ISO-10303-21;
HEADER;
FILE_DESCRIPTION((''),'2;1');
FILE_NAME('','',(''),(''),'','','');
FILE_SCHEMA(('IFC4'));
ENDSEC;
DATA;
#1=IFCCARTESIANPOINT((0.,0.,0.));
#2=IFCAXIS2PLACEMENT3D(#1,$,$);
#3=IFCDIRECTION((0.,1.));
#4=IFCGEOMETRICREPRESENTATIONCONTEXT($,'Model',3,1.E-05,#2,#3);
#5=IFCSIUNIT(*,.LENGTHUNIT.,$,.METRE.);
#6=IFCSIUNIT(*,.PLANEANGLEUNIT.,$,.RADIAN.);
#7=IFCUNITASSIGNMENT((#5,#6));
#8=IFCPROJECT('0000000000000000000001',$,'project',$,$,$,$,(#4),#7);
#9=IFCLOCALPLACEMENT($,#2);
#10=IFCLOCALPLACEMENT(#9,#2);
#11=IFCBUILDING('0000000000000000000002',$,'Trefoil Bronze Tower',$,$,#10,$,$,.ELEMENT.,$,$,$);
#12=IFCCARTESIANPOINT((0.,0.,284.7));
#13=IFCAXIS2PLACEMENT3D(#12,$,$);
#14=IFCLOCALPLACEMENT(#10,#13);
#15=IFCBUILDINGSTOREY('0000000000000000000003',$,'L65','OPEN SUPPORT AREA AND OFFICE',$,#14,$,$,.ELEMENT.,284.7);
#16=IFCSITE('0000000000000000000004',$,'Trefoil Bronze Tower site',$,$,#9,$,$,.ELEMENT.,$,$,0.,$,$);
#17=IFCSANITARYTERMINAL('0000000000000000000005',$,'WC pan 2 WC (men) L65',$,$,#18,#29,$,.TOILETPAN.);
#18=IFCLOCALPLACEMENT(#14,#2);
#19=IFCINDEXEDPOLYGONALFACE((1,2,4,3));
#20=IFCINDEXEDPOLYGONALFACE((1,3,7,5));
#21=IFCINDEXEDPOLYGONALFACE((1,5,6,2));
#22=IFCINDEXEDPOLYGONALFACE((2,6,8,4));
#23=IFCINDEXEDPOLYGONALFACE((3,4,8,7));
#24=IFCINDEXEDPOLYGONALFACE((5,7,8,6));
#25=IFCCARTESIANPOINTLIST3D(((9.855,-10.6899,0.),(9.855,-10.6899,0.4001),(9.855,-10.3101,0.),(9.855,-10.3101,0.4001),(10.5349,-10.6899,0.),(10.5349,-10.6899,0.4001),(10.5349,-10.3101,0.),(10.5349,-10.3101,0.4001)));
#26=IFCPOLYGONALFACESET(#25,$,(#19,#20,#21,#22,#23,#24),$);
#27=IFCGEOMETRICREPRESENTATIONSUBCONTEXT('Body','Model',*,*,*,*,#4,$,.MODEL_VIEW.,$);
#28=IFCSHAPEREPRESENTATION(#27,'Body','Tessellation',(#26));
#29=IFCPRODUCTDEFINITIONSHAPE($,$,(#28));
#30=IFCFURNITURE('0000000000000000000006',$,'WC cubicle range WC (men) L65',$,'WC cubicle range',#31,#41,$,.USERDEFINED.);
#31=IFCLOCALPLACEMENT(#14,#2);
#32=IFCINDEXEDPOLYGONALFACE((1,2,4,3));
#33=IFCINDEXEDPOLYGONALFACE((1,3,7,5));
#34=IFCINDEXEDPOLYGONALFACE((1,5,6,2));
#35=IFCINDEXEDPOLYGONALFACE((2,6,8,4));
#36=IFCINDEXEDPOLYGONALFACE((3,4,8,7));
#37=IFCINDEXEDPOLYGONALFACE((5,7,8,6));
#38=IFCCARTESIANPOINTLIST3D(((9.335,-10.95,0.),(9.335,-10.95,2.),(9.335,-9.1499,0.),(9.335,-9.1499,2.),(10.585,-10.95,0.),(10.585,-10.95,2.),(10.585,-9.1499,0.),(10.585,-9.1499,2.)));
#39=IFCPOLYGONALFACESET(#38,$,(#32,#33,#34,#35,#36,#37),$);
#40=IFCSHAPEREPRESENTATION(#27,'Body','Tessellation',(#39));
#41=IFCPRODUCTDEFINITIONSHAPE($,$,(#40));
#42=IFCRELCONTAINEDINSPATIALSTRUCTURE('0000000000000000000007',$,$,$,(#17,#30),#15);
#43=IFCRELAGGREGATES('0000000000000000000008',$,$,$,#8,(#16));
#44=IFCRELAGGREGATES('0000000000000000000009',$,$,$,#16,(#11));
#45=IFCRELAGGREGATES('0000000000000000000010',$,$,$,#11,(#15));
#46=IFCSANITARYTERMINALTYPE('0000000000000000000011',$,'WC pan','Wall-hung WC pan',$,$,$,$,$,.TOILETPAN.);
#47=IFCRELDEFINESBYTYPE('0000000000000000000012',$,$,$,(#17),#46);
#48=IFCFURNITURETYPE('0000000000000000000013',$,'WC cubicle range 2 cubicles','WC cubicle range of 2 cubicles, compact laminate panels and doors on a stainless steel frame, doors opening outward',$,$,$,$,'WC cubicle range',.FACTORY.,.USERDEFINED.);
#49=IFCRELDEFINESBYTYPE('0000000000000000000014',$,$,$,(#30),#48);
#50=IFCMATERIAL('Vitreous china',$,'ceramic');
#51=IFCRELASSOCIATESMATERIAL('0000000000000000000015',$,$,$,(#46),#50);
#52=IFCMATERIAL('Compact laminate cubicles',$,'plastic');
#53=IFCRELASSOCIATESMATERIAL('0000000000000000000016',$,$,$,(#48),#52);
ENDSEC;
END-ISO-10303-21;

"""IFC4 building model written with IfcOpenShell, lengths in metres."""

from ifc_helpers import new_model, si_unit, direction, frame, origin, place, context, subcontext, project, spatial, polyline, outline, extrude, material, type_object, element, save


model = new_model("IFC4")

# Units and contexts
model_context = context("Model", 3, precision=1e-05, world=origin(), true_north=direction((0.0, 1.0)))
body_context = subcontext(model_context, "Body", "Model", "MODEL_VIEW")
ifc_project = project(units=[si_unit("LENGTHUNIT", "METRE"), si_unit("PLANEANGLEUNIT", "RADIAN")], contexts=[model_context])

# Site, building, storey
site_placement = place(None, origin())
site = spatial("IfcSite", under=ifc_project, at=site_placement, Name="Trefoil Bronze Tower site", CompositionType="ELEMENT", RefElevation=0.0)
building_placement = place(site_placement, origin())
building = spatial("IfcBuilding", under=site, at=building_placement, Name="Trefoil Bronze Tower", CompositionType="ELEMENT")
storey_placement = place(building_placement, frame((0.0, 0.0, 284.7)))
storey = spatial("IfcBuildingStorey", under=building, at=storey_placement, Name="L65", Description="OPEN SUPPORT AREA AND OFFICE", CompositionType="ELEMENT", Elevation=284.7)

# Sanitary terminal
ifc_material_1 = material(Name="Vitreous china", Category="ceramic")
sanitary_terminal_type_1 = type_object("IfcSanitaryTerminalType", Name="WC pan", Description="Wall-hung WC pan", PredefinedType="TOILETPAN", material=ifc_material_1)
sanitary_terminal_1_placement = place(storey_placement, origin())
element("IfcSanitaryTerminal", 1, at=sanitary_terminal_1_placement, inside=storey, type_object=sanitary_terminal_type_1, Name="WC pan 2 WC (men) L65", PredefinedType="TOILETPAN", context=body_context, shape_type="SweptSolid", body=[
    extrude(outline(polyline([(9.855, -10.3101), (10.5349, -10.3101), (10.5349, -10.6899), (9.855, -10.6899), (9.855, -10.3101)])), origin(), (0.0, 0.0, 1.0), 0.4001),
])

# Furniture
ifc_material_2 = material(Name="Compact laminate cubicles", Category="plastic")
furniture_type = type_object("IfcFurnitureType", Name="WC cubicle range 2 cubicles", Description="WC cubicle range of 2 cubicles, compact laminate panels and doors on a stainless steel frame, doors opening outward", ElementType="WC cubicle range", AssemblyPlace="FACTORY", PredefinedType="USERDEFINED", material=ifc_material_2)
furniture_placement = place(storey_placement, origin())
element("IfcFurniture", 2, at=furniture_placement, inside=storey, type_object=furniture_type, Name="WC cubicle range WC (men) L65", ObjectType="WC cubicle range", PredefinedType="USERDEFINED", context=body_context, shape_type="SweptSolid", body=[
    extrude(outline(polyline([(9.335, -9.1499), (10.585, -9.1499), (10.585, -10.95), (9.335, -10.95), (9.335, -9.1499)])), origin(), (0.0, 0.0, 1.0), 2.0),
])

save(model, "model.ifc")
